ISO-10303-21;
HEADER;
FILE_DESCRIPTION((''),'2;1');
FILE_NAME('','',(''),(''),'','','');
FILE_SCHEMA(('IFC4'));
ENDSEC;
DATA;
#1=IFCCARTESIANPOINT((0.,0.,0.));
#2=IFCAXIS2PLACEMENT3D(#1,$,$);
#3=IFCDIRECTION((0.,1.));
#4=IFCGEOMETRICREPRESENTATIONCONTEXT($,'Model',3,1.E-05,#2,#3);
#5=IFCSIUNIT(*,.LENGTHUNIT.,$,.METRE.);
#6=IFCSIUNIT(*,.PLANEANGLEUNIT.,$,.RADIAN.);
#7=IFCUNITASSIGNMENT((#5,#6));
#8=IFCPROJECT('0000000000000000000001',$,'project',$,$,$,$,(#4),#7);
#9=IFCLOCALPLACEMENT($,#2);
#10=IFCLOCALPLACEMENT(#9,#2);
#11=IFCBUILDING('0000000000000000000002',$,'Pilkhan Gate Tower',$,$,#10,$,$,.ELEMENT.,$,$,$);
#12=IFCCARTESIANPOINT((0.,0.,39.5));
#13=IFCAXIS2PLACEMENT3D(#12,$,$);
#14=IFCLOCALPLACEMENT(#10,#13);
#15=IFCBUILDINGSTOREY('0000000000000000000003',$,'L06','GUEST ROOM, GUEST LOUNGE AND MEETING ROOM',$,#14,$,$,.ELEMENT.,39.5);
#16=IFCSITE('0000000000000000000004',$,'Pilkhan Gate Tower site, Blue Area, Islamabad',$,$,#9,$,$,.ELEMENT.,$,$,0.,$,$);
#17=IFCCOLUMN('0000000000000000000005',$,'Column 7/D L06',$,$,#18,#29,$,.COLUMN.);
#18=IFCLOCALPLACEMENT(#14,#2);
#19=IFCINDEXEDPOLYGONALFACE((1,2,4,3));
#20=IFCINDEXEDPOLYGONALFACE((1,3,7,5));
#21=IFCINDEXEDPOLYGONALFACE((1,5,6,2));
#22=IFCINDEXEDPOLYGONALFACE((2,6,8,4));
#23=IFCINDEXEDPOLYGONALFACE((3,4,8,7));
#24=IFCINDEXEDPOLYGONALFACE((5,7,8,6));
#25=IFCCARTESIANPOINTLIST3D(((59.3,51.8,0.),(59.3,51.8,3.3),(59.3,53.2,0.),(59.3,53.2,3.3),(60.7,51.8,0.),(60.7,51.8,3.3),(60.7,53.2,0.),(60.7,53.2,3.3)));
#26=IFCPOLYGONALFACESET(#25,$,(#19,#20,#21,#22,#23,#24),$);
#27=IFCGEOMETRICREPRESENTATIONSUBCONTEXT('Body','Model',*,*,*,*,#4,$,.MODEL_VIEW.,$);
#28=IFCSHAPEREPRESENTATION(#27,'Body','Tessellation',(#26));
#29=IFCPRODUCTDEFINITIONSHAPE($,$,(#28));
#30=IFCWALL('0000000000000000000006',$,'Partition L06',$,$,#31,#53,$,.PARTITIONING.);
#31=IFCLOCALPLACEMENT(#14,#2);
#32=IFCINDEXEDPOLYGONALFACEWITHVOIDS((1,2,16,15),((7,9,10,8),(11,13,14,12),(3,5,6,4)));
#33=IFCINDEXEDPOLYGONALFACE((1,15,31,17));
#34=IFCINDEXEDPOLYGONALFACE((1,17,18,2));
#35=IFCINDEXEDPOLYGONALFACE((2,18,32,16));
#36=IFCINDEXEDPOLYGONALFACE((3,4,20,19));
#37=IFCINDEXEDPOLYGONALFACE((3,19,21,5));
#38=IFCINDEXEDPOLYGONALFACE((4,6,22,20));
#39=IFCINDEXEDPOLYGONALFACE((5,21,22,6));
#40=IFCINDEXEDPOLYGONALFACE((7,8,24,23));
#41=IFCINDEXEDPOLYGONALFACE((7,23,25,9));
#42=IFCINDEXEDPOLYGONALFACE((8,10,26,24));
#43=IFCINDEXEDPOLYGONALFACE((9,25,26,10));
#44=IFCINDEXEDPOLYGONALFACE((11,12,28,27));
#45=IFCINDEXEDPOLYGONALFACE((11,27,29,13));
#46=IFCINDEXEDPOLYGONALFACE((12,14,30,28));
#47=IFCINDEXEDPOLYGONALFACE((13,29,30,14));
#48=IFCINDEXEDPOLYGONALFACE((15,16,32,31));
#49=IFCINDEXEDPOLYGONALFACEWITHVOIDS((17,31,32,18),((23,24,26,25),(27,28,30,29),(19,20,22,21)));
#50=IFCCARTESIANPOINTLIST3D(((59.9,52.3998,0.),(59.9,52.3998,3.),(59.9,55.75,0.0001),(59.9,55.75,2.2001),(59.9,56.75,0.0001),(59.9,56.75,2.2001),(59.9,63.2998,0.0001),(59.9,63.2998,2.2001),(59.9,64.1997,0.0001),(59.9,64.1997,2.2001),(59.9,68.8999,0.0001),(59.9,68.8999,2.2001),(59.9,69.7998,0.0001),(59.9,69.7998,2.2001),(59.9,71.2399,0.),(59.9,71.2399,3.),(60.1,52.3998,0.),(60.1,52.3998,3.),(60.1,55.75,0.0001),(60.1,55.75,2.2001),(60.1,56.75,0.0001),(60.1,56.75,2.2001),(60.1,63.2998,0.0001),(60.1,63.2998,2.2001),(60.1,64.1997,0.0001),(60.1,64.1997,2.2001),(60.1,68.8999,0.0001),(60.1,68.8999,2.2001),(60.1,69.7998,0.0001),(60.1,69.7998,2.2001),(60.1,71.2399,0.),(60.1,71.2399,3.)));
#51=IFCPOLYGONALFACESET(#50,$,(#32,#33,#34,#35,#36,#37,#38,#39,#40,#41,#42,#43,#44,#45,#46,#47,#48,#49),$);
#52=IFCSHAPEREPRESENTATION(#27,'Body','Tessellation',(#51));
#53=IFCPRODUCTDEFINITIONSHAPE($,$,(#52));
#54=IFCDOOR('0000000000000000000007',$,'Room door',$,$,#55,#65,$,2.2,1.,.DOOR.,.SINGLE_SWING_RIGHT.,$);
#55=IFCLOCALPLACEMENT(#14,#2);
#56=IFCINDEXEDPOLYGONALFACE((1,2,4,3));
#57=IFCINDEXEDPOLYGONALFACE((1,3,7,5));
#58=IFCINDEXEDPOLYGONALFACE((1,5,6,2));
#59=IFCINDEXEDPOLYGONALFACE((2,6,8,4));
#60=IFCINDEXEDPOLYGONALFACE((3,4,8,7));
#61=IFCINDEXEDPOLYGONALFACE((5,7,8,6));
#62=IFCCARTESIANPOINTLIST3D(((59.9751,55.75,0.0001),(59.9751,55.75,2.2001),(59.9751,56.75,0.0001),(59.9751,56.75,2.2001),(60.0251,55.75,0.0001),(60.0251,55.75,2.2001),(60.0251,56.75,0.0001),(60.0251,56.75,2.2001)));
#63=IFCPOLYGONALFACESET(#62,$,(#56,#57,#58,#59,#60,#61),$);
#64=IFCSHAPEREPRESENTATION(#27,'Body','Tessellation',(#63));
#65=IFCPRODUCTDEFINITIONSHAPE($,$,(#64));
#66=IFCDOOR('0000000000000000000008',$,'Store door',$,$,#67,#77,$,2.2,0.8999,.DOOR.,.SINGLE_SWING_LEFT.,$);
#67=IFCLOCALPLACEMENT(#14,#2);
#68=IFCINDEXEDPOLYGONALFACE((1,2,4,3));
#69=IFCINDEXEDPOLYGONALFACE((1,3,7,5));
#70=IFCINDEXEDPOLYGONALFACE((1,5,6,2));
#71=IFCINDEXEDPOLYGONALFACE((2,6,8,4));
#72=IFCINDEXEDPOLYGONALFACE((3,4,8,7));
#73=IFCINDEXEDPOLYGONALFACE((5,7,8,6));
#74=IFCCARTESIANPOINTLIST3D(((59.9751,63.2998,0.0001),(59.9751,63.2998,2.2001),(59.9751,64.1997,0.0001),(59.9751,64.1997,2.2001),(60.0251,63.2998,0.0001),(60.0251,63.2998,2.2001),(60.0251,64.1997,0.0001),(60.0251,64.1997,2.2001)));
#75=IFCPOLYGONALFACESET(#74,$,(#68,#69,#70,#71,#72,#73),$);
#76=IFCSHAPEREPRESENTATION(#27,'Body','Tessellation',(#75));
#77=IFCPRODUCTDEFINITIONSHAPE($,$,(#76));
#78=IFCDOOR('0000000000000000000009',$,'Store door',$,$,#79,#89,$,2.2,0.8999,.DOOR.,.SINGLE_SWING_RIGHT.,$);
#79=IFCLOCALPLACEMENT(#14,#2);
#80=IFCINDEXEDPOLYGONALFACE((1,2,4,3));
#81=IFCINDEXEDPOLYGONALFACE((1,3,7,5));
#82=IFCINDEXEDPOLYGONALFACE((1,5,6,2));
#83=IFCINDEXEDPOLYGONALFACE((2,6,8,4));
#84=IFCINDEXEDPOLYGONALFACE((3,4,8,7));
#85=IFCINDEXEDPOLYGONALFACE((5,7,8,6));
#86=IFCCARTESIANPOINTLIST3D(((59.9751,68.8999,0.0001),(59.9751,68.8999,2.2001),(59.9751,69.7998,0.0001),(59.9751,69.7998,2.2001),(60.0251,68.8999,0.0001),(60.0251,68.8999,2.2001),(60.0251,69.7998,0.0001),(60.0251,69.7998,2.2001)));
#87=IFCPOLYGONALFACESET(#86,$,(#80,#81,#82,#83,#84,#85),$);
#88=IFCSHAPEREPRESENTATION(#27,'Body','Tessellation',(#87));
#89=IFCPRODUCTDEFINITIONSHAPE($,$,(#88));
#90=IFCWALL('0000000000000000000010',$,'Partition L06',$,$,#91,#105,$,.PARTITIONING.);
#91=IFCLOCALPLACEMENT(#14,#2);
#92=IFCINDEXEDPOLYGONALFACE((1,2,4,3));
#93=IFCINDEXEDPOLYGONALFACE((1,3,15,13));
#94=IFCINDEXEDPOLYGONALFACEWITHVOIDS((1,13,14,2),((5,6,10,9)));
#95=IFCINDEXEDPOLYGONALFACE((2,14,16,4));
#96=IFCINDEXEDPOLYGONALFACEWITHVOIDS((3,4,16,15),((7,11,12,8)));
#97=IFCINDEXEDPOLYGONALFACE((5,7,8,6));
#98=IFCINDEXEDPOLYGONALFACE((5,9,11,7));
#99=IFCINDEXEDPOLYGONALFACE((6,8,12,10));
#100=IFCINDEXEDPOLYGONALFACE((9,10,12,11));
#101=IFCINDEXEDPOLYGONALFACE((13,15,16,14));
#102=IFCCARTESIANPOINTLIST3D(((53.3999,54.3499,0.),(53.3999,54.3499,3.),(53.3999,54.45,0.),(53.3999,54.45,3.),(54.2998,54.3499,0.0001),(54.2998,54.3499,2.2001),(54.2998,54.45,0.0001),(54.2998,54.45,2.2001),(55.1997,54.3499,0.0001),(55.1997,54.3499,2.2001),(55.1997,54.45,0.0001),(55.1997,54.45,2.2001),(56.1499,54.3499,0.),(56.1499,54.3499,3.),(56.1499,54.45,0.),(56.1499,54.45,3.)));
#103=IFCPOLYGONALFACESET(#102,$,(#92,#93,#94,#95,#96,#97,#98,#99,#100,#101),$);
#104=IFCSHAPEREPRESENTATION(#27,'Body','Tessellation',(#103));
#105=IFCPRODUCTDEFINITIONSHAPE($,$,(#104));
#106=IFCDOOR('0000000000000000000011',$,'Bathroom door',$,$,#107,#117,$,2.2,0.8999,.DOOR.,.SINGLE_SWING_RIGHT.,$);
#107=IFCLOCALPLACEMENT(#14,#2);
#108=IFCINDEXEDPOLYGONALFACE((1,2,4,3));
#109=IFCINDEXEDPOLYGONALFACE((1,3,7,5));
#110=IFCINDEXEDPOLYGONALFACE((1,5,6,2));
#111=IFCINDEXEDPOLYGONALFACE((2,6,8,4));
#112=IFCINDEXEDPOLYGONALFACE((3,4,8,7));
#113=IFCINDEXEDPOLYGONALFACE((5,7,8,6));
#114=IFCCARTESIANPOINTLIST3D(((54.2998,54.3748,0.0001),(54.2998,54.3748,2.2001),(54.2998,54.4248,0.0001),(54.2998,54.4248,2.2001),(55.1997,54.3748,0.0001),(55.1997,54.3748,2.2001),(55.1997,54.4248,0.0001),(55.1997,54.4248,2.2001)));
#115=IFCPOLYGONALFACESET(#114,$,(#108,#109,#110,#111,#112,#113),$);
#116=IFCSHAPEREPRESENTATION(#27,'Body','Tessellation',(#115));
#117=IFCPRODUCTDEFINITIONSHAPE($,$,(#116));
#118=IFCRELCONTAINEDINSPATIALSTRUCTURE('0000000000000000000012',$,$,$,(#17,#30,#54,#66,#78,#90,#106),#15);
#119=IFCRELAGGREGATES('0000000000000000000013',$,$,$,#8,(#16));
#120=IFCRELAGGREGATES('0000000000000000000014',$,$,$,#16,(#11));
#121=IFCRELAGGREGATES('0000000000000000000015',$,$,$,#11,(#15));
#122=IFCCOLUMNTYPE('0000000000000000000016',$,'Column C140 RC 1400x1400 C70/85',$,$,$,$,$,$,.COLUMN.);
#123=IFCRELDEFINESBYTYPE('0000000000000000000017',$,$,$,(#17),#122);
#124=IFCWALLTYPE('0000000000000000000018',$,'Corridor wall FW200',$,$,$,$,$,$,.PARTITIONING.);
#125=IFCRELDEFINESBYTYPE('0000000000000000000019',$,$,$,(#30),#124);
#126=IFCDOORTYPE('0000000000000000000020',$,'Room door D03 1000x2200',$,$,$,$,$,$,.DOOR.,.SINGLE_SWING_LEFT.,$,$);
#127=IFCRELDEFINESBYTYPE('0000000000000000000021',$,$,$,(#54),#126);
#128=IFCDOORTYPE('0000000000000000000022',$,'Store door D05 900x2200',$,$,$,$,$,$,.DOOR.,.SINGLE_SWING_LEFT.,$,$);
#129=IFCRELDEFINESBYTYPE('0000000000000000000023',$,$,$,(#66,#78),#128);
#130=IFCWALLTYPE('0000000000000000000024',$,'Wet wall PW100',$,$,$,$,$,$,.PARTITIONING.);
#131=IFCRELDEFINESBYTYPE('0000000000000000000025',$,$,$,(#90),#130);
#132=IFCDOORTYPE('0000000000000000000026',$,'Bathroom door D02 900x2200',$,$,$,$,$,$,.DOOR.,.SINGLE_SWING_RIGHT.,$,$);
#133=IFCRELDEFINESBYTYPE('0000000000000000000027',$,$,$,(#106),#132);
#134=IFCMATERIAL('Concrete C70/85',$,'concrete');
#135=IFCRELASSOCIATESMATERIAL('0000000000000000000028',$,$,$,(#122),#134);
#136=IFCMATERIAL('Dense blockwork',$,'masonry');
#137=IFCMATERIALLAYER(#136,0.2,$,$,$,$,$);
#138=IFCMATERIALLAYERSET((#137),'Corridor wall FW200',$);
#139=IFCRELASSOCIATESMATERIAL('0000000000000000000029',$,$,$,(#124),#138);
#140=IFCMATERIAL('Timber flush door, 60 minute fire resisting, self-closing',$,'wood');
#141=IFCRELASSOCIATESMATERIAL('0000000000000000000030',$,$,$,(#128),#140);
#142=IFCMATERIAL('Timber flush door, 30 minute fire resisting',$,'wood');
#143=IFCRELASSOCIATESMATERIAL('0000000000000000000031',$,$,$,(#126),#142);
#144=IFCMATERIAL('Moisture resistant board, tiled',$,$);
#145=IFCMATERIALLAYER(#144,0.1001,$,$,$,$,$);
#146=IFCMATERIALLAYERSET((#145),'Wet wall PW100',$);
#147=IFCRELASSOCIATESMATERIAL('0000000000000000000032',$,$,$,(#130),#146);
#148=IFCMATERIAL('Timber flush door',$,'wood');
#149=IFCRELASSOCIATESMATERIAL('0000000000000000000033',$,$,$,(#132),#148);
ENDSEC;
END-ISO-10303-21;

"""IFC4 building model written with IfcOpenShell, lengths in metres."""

from ifc_helpers import new_model, si_unit, direction, frame, frame_2d, origin, origin_2d, place, context, subcontext, project, spatial, rectangle, extrude, material, layer, layer_set, material_profile, profile_set, type_object, element, fill, save


model = new_model("IFC4")

# Units and contexts
model_context = context("Model", 3, precision=1e-05, world=origin(), true_north=direction((0.0, 1.0)))
body_context = subcontext(model_context, "Body", "Model", "MODEL_VIEW")
ifc_project = project(units=[si_unit("LENGTHUNIT", "METRE"), si_unit("PLANEANGLEUNIT", "RADIAN")], contexts=[model_context])

# Site, building, storey
site_placement = place(None, origin())
site = spatial("IfcSite", under=ifc_project, at=site_placement, Name="Pilkhan Gate Tower site, Blue Area, Islamabad", CompositionType="ELEMENT", RefElevation=0.0)
building_placement = place(site_placement, origin())
building = spatial("IfcBuilding", under=site, at=building_placement, Name="Pilkhan Gate Tower", CompositionType="ELEMENT")
storey_placement = place(building_placement, frame((0.0, 0.0, 39.5)))
storey = spatial("IfcBuildingStorey", under=building, at=storey_placement, Name="L06", Description="GUEST ROOM, GUEST LOUNGE AND MEETING ROOM", CompositionType="ELEMENT", Elevation=39.5)

# Column
ifc_material_1 = material(Name="Concrete C70/85", Category="concrete")
ifc_material_profile = material_profile(ifc_material_1, rectangle(XDim=1.3999, YDim=1.3999, at=origin_2d()), Name="RC 1400x1400")
ifc_profile_set = profile_set([ifc_material_profile], Name="Concrete C70/85")
column_type = type_object("IfcColumnType", Name="Column C140 RC 1400x1400 C70/85", PredefinedType="COLUMN", material=ifc_profile_set)
column_placement = place(storey_placement, frame((60.0, 52.5, 0.0), z_axis=(0.0, 0.0, 1.0), x_axis=(1.0, 0.0, 0.0)))
element("IfcColumn", 1, at=column_placement, inside=storey, type_object=column_type, Name="Column 7/D L06", PredefinedType="COLUMN", context=body_context, shape_type="SweptSolid", body=[
    extrude(rectangle(XDim=1.3999, YDim=1.3999, at=origin_2d()), origin(), (0.0, 0.0, 1.0), 3.3),
])

# Wall, openings, doors
ifc_material_2 = material(Name="Dense blockwork", Category="masonry")
ifc_layer_1 = layer(ifc_material_2, 0.2)
ifc_layer_set_1 = layer_set([ifc_layer_1], Name="Corridor wall FW200")
wall_type_1 = type_object("IfcWallType", Name="Corridor wall FW200", PredefinedType="PARTITIONING", material=ifc_layer_set_1)
ifc_material_3 = material(Name="Timber flush door, 30 minute fire resisting", Category="wood")
ifc_material_4 = material(Name="Timber flush door, 60 minute fire resisting, self-closing", Category="wood")
door_type_1 = type_object("IfcDoorType", Name="Store door D05 900x2200", OperationType="SINGLE_SWING_LEFT", PredefinedType="DOOR", material=ifc_material_4)
wall_1_placement = place(storey_placement, frame((60.0, 52.3999, 0.0), z_axis=(0.0, 0.0, 1.0), x_axis=(0.0, 1.0, 0.0)))
wall_1 = element("IfcWall", 2, at=wall_1_placement, inside=storey, type_object=wall_type_1, Name="Partition L06", PredefinedType="PARTITIONING", context=body_context, shape_type="SweptSolid", body=[
    extrude(rectangle(XDim=18.8401, YDim=0.2, at=frame_2d((9.4199, 0.0))), origin(), (0.0, 0.0, 1.0), 3.0),
])
opening_1_placement = place(wall_1_placement, frame((3.3501, 0.0, 0.0)))
opening_1 = element("IfcOpeningElement", 3, at=opening_1_placement, cuts=wall_1, PredefinedType="OPENING", context=body_context, shape_type="SweptSolid", body=[
    extrude(rectangle(XDim=1.0, YDim=2.2, at=frame_2d((0.5, 1.1001))), frame((0.0, 0.1099, 0.0), z_axis=(0.0, -1.0, 0.0), x_axis=(1.0, 0.0, 0.0)), (0.0, 0.0, 1.0), 0.22),
])
opening_2_placement = place(wall_1_placement, frame((10.8999, 0.0, 0.0)))
opening_2 = element("IfcOpeningElement", 4, at=opening_2_placement, cuts=wall_1, PredefinedType="OPENING", context=body_context, shape_type="SweptSolid", body=[
    extrude(rectangle(XDim=0.8999, YDim=2.2, at=frame_2d((0.45, 1.1001))), frame((0.0, 0.1099, 0.0), z_axis=(0.0, -1.0, 0.0), x_axis=(1.0, 0.0, 0.0)), (0.0, 0.0, 1.0), 0.22),
])
opening_3_placement = place(wall_1_placement, frame((16.5, 0.0, 0.0)))
opening_3 = element("IfcOpeningElement", 5, at=opening_3_placement, cuts=wall_1, PredefinedType="OPENING", context=body_context, shape_type="SweptSolid", body=[
    extrude(rectangle(XDim=0.8999, YDim=2.2, at=frame_2d((0.45, 1.1001))), frame((0.0, 0.1099, 0.0), z_axis=(0.0, -1.0, 0.0), x_axis=(1.0, 0.0, 0.0)), (0.0, 0.0, 1.0), 0.22),
])
door_type_2 = type_object("IfcDoorType", Name="Room door D03 1000x2200", OperationType="SINGLE_SWING_LEFT", PredefinedType="DOOR", material=ifc_material_3)
door_1_placement = place(opening_1_placement, origin())
door_1 = element("IfcDoor", 6, at=door_1_placement, inside=storey, type_object=door_type_2, Name="Room door", OperationType="SINGLE_SWING_RIGHT", OverallHeight=2.2, OverallWidth=1.0, PredefinedType="DOOR", context=body_context, shape_type="SweptSolid", body=[
    extrude(rectangle(XDim=1.0, YDim=2.2, at=frame_2d((0.5, 1.1001))), frame((0.0, 0.0249, 0.0), z_axis=(0.0, -1.0, 0.0), x_axis=(1.0, 0.0, 0.0)), (0.0, 0.0, 1.0), 0.05),
])
fill(opening_1, door_1)
door_2_placement = place(opening_2_placement, origin())
door_2 = element("IfcDoor", 7, at=door_2_placement, inside=storey, type_object=door_type_1, Name="Store door", OperationType="SINGLE_SWING_LEFT", OverallHeight=2.2, OverallWidth=0.8999, PredefinedType="DOOR", context=body_context, shape_type="SweptSolid", body=[
    extrude(rectangle(XDim=0.8999, YDim=2.2, at=frame_2d((0.45, 1.1001))), frame((0.0, 0.0249, 0.0), z_axis=(0.0, -1.0, 0.0), x_axis=(1.0, 0.0, 0.0)), (0.0, 0.0, 1.0), 0.05),
])
fill(opening_2, door_2)
door_3_placement = place(opening_3_placement, origin())
door_3 = element("IfcDoor", 8, at=door_3_placement, inside=storey, type_object=door_type_1, Name="Store door", OperationType="SINGLE_SWING_RIGHT", OverallHeight=2.2, OverallWidth=0.8999, PredefinedType="DOOR", context=body_context, shape_type="SweptSolid", body=[
    extrude(rectangle(XDim=0.8999, YDim=2.2, at=frame_2d((0.45, 1.1001))), frame((0.0, 0.0249, 0.0), z_axis=(0.0, -1.0, 0.0), x_axis=(1.0, 0.0, 0.0)), (0.0, 0.0, 1.0), 0.05),
])
fill(opening_3, door_3)

# Wall, opening, door
ifc_material_5 = material(Name="Moisture resistant board, tiled")
ifc_layer_2 = layer(ifc_material_5, 0.1001)
ifc_layer_set_2 = layer_set([ifc_layer_2], Name="Wet wall PW100")
wall_type_2 = type_object("IfcWallType", Name="Wet wall PW100", PredefinedType="PARTITIONING", material=ifc_layer_set_2)
wall_2_placement = place(storey_placement, frame((53.3999, 54.3999, 0.0), z_axis=(0.0, 0.0, 1.0), x_axis=(1.0, 0.0, 0.0)))
wall_2 = element("IfcWall", 9, at=wall_2_placement, inside=storey, type_object=wall_type_2, Name="Partition L06", PredefinedType="PARTITIONING", context=body_context, shape_type="SweptSolid", body=[
    extrude(rectangle(XDim=2.75, YDim=0.1001, at=frame_2d((1.375, 0.0))), origin(), (0.0, 0.0, 1.0), 3.0),
])
opening_4_placement = place(wall_2_placement, frame((0.8999, 0.0, 0.0)))
opening_4 = element("IfcOpeningElement", 10, at=opening_4_placement, cuts=wall_2, PredefinedType="OPENING", context=body_context, shape_type="SweptSolid", body=[
    extrude(rectangle(XDim=0.8999, YDim=2.2, at=frame_2d((0.45, 1.1001))), frame((0.0, 0.0601, 0.0), z_axis=(0.0, -1.0, 0.0), x_axis=(1.0, 0.0, 0.0)), (0.0, 0.0, 1.0), 0.1201),
])
ifc_material_6 = material(Name="Timber flush door", Category="wood")
door_type_3 = type_object("IfcDoorType", Name="Bathroom door D02 900x2200", OperationType="SINGLE_SWING_RIGHT", PredefinedType="DOOR", material=ifc_material_6)
door_4_placement = place(opening_4_placement, origin())
door_4 = element("IfcDoor", 11, at=door_4_placement, inside=storey, type_object=door_type_3, Name="Bathroom door", OperationType="SINGLE_SWING_RIGHT", OverallHeight=2.2, OverallWidth=0.8999, PredefinedType="DOOR", context=body_context, shape_type="SweptSolid", body=[
    extrude(rectangle(XDim=0.8999, YDim=2.2, at=frame_2d((0.45, 1.1001))), frame((0.0, 0.0249, 0.0), z_axis=(0.0, -1.0, 0.0), x_axis=(1.0, 0.0, 0.0)), (0.0, 0.0, 1.0), 0.05),
])
fill(opening_4, door_4)

save(model, "model.ifc")
